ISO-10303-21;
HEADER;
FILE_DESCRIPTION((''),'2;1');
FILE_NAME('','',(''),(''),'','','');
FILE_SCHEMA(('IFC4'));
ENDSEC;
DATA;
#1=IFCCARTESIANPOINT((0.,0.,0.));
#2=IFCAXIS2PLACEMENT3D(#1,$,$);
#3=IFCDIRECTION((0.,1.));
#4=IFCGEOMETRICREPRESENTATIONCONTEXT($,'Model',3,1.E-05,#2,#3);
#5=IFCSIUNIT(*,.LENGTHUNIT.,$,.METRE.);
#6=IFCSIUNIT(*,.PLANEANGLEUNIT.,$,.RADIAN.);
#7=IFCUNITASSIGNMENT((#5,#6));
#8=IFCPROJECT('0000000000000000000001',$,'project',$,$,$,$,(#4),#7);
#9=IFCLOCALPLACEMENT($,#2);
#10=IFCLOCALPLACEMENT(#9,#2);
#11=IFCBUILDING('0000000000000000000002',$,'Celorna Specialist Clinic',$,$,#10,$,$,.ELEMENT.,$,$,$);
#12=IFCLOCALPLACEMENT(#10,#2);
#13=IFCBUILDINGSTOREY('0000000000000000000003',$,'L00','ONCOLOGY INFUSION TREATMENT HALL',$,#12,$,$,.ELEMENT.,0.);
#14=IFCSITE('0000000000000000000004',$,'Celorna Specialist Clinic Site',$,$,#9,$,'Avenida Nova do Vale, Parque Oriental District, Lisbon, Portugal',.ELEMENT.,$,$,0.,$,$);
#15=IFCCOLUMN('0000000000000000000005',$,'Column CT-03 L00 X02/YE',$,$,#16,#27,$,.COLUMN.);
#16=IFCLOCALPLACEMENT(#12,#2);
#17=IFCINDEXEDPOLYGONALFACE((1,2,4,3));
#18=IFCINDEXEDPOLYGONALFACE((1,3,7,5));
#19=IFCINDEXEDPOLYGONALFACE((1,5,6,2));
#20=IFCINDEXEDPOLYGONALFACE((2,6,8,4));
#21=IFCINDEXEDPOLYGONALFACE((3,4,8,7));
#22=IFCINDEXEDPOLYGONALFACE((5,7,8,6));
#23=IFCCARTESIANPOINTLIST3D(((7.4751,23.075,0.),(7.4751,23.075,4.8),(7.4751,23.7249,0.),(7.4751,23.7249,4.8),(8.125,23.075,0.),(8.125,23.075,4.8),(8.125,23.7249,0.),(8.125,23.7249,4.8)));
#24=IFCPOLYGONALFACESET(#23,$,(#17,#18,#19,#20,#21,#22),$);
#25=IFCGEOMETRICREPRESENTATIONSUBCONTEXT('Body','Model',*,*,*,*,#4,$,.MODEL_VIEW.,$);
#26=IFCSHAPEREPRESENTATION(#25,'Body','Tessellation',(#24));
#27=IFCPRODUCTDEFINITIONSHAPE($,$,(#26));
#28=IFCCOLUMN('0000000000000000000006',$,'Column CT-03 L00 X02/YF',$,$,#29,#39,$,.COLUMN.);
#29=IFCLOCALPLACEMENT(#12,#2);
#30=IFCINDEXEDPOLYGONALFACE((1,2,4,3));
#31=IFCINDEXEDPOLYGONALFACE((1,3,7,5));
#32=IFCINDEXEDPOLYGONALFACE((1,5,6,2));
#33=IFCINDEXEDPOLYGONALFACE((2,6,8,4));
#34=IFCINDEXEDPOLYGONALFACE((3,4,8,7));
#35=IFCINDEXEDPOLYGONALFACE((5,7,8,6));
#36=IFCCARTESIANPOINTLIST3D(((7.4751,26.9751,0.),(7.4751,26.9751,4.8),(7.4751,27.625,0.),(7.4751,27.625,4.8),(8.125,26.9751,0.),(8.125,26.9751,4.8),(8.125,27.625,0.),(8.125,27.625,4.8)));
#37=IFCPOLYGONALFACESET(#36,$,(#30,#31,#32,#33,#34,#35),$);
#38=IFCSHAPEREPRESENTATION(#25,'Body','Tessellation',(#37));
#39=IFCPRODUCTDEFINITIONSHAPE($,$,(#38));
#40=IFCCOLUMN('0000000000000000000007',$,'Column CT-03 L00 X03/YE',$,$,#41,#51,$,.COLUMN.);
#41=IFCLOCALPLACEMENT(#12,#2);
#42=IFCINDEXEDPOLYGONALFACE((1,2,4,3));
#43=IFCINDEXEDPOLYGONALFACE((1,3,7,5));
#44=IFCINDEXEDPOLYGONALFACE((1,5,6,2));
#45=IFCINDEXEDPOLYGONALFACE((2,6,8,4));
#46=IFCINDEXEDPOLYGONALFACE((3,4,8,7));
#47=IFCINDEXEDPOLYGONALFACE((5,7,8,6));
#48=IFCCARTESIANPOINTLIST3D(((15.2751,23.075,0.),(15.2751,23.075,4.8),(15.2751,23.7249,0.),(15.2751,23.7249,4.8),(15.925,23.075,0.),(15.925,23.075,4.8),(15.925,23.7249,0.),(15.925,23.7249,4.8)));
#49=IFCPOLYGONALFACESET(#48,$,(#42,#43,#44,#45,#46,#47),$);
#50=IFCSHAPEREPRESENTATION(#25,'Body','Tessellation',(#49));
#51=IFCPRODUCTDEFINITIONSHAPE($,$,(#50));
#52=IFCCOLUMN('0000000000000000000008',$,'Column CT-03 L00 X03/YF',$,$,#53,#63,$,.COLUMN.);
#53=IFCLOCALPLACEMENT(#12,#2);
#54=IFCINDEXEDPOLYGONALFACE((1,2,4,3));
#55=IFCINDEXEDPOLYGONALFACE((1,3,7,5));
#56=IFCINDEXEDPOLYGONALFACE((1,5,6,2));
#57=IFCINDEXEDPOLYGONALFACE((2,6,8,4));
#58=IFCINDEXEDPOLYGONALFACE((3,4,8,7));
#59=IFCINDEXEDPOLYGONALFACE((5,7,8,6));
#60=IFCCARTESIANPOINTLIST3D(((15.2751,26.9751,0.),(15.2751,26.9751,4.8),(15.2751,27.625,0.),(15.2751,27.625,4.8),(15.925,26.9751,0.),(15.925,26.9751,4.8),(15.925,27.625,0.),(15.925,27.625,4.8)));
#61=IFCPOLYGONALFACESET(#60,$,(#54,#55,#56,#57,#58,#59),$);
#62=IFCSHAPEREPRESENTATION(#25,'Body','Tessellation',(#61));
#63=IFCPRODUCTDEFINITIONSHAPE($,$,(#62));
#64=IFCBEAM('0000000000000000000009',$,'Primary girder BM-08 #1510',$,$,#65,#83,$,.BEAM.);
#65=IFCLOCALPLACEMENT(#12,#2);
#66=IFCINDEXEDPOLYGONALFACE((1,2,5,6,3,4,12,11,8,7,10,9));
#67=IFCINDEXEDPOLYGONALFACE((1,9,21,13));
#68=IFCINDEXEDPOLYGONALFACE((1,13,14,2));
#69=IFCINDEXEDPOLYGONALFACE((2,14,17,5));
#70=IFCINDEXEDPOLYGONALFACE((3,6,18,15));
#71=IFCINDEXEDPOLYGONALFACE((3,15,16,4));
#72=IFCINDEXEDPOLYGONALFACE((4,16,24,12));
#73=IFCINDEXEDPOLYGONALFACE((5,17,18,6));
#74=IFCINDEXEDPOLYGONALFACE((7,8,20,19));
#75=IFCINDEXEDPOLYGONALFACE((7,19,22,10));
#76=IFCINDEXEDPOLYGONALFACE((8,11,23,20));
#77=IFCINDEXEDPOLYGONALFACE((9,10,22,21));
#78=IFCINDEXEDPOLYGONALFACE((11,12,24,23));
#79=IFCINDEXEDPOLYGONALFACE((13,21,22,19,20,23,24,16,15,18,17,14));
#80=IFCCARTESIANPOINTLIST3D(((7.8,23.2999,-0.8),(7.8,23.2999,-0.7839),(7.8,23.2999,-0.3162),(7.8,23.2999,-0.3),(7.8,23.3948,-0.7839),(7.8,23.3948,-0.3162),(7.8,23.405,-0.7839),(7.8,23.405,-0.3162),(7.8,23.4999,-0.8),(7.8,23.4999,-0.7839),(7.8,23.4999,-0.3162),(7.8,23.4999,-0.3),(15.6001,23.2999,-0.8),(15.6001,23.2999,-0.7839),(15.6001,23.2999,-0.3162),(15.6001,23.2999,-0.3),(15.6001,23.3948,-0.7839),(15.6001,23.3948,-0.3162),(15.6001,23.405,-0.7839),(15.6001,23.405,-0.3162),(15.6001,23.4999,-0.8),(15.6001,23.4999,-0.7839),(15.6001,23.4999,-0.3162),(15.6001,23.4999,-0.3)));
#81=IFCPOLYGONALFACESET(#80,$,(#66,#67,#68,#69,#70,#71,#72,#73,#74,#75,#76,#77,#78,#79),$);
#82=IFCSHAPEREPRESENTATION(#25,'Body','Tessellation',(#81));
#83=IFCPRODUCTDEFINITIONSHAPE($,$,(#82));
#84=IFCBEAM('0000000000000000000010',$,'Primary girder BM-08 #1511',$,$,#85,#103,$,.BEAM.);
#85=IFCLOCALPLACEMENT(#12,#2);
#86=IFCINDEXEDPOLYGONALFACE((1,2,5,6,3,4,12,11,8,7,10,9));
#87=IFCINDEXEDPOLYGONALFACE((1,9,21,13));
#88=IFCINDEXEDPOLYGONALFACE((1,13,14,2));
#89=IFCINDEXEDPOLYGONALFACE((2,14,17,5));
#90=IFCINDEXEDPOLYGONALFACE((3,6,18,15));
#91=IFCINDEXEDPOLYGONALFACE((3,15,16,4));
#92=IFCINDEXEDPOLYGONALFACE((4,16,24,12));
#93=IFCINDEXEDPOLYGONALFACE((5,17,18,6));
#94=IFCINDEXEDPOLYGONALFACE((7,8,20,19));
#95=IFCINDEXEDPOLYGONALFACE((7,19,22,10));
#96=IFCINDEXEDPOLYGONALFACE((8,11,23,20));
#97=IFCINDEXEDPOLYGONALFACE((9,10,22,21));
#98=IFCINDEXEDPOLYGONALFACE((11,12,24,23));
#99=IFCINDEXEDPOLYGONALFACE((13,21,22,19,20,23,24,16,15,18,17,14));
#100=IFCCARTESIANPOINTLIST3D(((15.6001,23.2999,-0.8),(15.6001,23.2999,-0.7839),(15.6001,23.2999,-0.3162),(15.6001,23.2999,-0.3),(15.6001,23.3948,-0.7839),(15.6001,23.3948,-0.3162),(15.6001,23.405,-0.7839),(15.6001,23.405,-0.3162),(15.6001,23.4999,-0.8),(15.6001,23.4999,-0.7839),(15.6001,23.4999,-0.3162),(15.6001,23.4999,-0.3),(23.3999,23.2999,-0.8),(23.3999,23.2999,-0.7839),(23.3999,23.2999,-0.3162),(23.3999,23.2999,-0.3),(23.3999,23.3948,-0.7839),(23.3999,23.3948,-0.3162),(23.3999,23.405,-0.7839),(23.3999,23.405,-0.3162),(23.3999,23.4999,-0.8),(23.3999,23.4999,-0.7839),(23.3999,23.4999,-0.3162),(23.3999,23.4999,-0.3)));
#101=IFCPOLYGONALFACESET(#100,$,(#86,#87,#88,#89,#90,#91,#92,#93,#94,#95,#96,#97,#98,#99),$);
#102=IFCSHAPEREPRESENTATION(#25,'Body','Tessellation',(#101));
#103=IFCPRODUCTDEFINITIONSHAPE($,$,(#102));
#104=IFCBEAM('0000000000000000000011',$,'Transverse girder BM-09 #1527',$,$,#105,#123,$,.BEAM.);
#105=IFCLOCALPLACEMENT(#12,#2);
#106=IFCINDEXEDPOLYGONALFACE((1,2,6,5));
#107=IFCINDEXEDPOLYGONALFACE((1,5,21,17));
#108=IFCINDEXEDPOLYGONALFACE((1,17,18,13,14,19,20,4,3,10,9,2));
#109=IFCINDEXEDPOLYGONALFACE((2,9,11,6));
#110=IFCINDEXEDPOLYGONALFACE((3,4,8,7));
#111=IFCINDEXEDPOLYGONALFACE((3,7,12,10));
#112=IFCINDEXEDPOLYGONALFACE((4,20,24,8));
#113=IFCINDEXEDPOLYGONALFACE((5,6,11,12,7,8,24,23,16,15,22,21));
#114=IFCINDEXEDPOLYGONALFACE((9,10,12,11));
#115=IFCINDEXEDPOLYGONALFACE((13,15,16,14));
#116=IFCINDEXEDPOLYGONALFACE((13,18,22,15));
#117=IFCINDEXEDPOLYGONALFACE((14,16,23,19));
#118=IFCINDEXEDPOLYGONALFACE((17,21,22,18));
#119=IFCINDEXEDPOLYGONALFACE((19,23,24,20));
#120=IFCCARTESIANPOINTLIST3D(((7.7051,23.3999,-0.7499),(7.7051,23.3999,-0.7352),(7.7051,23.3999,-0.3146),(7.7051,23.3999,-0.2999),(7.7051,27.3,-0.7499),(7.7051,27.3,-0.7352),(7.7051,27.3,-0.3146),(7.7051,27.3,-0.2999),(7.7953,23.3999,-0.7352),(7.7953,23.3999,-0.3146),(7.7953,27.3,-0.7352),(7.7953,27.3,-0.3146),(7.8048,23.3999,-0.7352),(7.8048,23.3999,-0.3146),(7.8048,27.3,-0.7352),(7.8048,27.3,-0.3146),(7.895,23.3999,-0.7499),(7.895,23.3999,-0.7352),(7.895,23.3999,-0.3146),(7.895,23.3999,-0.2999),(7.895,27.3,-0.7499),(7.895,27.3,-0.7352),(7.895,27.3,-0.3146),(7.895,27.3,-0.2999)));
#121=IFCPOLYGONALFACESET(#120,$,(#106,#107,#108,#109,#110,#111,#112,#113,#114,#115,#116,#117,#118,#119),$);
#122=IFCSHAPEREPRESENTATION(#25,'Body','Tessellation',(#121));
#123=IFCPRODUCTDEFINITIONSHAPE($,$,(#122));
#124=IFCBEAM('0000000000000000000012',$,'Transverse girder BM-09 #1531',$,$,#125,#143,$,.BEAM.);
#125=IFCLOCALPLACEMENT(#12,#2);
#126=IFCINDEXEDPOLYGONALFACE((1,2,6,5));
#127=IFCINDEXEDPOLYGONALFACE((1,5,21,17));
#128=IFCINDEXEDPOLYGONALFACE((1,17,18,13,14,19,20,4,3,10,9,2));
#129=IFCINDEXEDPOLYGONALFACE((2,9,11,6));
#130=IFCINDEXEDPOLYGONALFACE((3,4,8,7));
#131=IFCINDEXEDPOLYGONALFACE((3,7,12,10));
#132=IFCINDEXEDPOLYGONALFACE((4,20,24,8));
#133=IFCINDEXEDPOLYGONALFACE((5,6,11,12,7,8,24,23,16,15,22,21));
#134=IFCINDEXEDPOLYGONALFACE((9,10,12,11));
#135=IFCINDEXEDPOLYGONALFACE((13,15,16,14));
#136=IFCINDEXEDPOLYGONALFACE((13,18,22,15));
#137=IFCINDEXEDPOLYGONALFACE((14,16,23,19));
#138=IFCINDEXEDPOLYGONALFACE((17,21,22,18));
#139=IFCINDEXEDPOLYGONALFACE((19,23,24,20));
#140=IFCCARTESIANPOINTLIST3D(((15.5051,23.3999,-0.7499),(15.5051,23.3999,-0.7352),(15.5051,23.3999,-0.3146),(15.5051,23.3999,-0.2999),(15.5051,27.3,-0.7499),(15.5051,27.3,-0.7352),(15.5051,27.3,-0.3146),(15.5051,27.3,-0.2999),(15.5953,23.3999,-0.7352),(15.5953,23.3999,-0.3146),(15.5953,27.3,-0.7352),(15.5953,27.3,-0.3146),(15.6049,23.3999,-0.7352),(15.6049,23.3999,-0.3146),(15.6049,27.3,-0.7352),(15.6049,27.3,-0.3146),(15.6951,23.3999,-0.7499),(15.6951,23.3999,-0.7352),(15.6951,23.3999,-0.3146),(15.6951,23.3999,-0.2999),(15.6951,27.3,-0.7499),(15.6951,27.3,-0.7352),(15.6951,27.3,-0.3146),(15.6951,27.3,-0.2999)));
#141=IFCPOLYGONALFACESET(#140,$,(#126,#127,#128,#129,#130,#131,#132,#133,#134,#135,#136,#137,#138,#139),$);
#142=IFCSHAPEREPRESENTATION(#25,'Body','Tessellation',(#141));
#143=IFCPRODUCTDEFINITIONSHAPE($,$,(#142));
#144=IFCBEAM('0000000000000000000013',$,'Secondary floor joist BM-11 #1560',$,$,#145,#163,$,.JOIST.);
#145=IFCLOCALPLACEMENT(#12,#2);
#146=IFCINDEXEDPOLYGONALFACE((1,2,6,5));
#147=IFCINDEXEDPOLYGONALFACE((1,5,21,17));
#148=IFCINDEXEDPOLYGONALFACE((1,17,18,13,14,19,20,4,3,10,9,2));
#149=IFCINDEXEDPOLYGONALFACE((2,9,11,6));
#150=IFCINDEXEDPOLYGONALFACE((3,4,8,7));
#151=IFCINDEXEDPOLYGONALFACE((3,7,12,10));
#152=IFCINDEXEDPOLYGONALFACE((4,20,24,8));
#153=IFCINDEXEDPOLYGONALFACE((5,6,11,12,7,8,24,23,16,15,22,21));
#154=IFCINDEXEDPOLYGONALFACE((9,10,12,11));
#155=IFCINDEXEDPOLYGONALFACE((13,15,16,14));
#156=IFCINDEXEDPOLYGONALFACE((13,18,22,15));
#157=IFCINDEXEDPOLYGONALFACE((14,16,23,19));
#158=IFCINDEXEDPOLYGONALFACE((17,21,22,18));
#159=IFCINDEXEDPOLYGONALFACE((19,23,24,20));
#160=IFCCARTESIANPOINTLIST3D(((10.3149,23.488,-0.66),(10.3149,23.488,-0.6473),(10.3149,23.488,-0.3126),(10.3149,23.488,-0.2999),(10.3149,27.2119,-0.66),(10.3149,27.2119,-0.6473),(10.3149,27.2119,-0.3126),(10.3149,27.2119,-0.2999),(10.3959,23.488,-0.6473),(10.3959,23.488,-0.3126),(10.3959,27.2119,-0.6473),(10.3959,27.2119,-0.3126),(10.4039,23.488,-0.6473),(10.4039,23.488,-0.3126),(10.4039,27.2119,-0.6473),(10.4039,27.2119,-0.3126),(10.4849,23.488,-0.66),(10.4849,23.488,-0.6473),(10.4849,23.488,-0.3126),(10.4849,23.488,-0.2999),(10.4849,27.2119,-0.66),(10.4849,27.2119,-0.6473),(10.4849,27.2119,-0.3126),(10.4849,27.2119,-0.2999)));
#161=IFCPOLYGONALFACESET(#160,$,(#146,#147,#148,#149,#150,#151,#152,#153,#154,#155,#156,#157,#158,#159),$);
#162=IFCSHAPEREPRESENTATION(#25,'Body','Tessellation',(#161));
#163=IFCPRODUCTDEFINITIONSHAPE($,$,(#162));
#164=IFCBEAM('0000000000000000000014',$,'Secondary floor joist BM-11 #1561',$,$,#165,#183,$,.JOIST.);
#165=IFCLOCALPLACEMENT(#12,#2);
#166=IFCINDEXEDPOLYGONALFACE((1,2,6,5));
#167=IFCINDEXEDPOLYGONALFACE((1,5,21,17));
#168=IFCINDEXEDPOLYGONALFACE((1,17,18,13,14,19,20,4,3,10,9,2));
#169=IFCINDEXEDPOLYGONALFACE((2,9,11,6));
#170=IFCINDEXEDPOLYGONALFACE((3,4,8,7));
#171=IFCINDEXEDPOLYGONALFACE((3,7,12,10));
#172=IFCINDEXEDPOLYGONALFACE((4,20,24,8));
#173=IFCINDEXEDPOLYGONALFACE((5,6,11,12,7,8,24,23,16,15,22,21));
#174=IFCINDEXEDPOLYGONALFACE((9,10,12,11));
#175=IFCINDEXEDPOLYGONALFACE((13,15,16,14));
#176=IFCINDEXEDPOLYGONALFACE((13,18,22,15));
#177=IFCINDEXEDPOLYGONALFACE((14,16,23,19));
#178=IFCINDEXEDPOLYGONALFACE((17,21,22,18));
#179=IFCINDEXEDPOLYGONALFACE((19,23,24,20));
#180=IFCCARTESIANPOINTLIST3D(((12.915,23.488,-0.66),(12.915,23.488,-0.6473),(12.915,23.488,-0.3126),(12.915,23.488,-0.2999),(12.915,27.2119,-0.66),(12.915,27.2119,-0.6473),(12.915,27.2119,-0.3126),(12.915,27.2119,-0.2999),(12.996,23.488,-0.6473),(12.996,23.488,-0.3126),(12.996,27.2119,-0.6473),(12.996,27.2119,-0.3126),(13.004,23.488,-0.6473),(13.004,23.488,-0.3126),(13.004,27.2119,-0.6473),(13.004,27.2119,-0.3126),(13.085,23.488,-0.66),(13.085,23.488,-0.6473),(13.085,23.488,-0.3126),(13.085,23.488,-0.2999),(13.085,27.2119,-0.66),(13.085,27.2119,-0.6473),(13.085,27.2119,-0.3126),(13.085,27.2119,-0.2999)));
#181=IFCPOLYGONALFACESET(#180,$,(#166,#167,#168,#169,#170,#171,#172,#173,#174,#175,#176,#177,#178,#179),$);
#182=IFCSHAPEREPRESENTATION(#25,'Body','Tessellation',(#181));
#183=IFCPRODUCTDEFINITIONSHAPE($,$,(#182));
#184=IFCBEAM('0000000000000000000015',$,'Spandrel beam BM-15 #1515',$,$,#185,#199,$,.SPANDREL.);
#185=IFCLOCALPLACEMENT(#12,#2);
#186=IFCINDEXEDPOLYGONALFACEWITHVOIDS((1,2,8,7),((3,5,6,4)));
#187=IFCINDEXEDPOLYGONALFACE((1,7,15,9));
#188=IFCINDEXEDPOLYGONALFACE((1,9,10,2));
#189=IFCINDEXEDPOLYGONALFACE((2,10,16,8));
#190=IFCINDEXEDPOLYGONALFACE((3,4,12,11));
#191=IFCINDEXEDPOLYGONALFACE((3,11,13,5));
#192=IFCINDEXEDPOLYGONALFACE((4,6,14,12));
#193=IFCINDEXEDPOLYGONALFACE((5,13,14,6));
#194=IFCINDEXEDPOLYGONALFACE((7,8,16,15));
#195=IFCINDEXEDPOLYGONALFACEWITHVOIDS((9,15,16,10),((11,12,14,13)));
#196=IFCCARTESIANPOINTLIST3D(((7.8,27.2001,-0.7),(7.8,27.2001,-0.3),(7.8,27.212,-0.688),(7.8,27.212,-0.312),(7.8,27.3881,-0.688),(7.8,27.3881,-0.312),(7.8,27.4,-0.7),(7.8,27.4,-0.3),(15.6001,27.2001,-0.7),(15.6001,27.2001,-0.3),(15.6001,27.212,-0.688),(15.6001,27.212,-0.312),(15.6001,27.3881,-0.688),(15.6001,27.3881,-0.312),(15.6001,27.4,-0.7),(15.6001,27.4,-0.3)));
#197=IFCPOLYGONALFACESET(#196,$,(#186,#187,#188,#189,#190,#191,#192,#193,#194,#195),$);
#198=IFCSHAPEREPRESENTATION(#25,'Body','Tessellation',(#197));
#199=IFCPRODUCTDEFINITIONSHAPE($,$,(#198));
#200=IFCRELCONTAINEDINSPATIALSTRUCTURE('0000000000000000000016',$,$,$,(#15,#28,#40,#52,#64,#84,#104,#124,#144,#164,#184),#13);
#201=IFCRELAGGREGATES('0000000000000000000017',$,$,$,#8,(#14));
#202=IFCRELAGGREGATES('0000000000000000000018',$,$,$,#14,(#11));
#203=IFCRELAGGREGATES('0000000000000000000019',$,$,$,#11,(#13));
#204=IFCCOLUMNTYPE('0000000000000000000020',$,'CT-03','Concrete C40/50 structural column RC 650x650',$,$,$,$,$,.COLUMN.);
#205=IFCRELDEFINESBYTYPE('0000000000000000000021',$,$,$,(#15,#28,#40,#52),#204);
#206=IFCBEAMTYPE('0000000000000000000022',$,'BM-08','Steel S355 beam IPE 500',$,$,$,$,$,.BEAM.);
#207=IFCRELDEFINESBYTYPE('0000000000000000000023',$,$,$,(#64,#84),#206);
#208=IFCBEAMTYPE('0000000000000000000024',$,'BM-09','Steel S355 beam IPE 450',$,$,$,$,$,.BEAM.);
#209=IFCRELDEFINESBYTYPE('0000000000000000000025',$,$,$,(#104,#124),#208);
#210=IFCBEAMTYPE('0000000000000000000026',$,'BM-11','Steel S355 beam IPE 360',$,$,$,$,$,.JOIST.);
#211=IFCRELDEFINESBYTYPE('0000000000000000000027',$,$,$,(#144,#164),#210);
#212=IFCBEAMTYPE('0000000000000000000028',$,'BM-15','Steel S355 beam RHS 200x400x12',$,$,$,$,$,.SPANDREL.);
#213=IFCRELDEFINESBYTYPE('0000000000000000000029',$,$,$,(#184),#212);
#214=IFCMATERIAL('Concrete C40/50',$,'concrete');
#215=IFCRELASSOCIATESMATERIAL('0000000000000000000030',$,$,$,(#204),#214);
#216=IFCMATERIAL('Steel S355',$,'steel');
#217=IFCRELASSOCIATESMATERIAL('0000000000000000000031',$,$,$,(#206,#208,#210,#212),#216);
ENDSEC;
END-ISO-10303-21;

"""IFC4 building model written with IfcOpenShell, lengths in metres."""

from ifc_helpers import new_model, si_unit, direction, frame, origin, origin_2d, place, context, subcontext, project, spatial, rectangle, hollow_rectangle, i_section, extrude, material, material_profile, profile_set, type_object, element, save


model = new_model("IFC4")

# Units and contexts
model_context = context("Model", 3, precision=1e-05, world=origin(), true_north=direction((0.0, 1.0)))
body_context = subcontext(model_context, "Body", "Model", "MODEL_VIEW")
ifc_project = project(units=[si_unit("LENGTHUNIT", "METRE"), si_unit("PLANEANGLEUNIT", "RADIAN")], contexts=[model_context])

# Site, building, storey
site_placement = place(None, origin())
site = spatial("IfcSite", under=ifc_project, at=site_placement, Name="Celorna Specialist Clinic Site", LongName="Avenida Nova do Vale, Parque Oriental District, Lisbon, Portugal", CompositionType="ELEMENT", RefElevation=0.0)
building_placement = place(site_placement, origin())
building = spatial("IfcBuilding", under=site, at=building_placement, Name="Celorna Specialist Clinic", CompositionType="ELEMENT")
storey_placement = place(building_placement, origin())
storey = spatial("IfcBuildingStorey", under=building, at=storey_placement, Name="L00", Description="ONCOLOGY INFUSION TREATMENT HALL", CompositionType="ELEMENT", Elevation=0.0)

# Columns
ifc_material_1 = material(Name="Concrete C40/50", Category="concrete")
ifc_material_profile_1 = material_profile(ifc_material_1, rectangle(XDim=0.6499, YDim=0.6499, at=origin_2d()), Name="RC 650x650")
ifc_profile_set_1 = profile_set([ifc_material_profile_1], Name="Concrete C40/50")
column_type = type_object("IfcColumnType", Name="CT-03", Description="Concrete C40/50 structural column RC 650x650", PredefinedType="COLUMN", material=ifc_profile_set_1)
for number, where, z_axis, x_axis, name in (
    (1, (7.8, 23.3999, 0.0), (0.0, 0.0, 1.0), (1.0, 0.0, 0.0), "Column CT-03 L00 X02/YE"),
    (2, (7.8, 27.3, 0.0), (0.0, 0.0, 1.0), (1.0, 0.0, 0.0), "Column CT-03 L00 X02/YF"),
    (3, (15.6001, 23.3999, 0.0), (0.0, 0.0, 1.0), (1.0, 0.0, 0.0), "Column CT-03 L00 X03/YE"),
    (4, (15.6001, 27.3, 0.0), (0.0, 0.0, 1.0), (1.0, 0.0, 0.0), "Column CT-03 L00 X03/YF"),
):
    element("IfcColumn", number, at=place(storey_placement, frame(where, z_axis=z_axis, x_axis=x_axis)), inside=storey, type_object=column_type, Name=name, PredefinedType="COLUMN", context=body_context, shape_type="SweptSolid", body=[
        extrude(rectangle(XDim=0.6499, YDim=0.6499, at=origin_2d()), origin(), (0.0, 0.0, 1.0), 4.8),
    ])

# Beams
ifc_material_2 = material(Name="Steel S355", Category="steel")
ifc_material_profile_2 = material_profile(ifc_material_2, i_section(OverallWidth=0.2, OverallDepth=0.5, WebThickness=0.0103, FlangeThickness=0.0161, at=origin_2d()), Name="IPE 500")
ifc_profile_set_2 = profile_set([ifc_material_profile_2], Name="Steel S355")
beam_type_1 = type_object("IfcBeamType", Name="BM-08", Description="Steel S355 beam IPE 500", PredefinedType="BEAM", material=ifc_profile_set_2)
beam_1_placement = place(storey_placement, frame((7.8, 23.3999, -0.55), z_axis=(1.0, 0.0, 0.0), x_axis=(0.0, 1.0, 0.0)))
element("IfcBeam", 5, at=beam_1_placement, inside=storey, type_object=beam_type_1, Name="Primary girder BM-08 #1510", PredefinedType="BEAM", context=body_context, shape_type="SweptSolid", body=[
    extrude(i_section(OverallWidth=0.2, OverallDepth=0.5, WebThickness=0.0103, FlangeThickness=0.0161, at=origin_2d()), origin(), (0.0, 0.0, 1.0), 7.8),
])
beam_2_placement = place(storey_placement, frame((15.6001, 23.3999, -0.55), z_axis=(1.0, 0.0, 0.0), x_axis=(0.0, 1.0, 0.0)))
element("IfcBeam", 6, at=beam_2_placement, inside=storey, type_object=beam_type_1, Name="Primary girder BM-08 #1511", PredefinedType="BEAM", context=body_context, shape_type="SweptSolid", body=[
    extrude(i_section(OverallWidth=0.2, OverallDepth=0.5, WebThickness=0.0103, FlangeThickness=0.0161, at=origin_2d()), origin(), (0.0, 0.0, 1.0), 7.7998),
])
ifc_material_profile_3 = material_profile(ifc_material_2, i_section(OverallWidth=0.1899, OverallDepth=0.45, WebThickness=0.0095, FlangeThickness=0.0146, at=origin_2d()), Name="IPE 450")
ifc_profile_set_3 = profile_set([ifc_material_profile_3], Name="Steel S355")
beam_type_2 = type_object("IfcBeamType", Name="BM-09", Description="Steel S355 beam IPE 450", PredefinedType="BEAM", material=ifc_profile_set_3)
for number, where, z_axis, x_axis, name in (
    (7, (7.8, 23.3999, -0.5249), (0.0, 1.0, 0.0), (-1.0, 0.0, 0.0), "Transverse girder BM-09 #1527"),
    (8, (15.6001, 23.3999, -0.5249), (0.0, 1.0, 0.0), (-1.0, 0.0, 0.0), "Transverse girder BM-09 #1531"),
):
    element("IfcBeam", number, at=place(storey_placement, frame(where, z_axis=z_axis, x_axis=x_axis)), inside=storey, type_object=beam_type_2, Name=name, PredefinedType="BEAM", context=body_context, shape_type="SweptSolid", body=[
        extrude(i_section(OverallWidth=0.1899, OverallDepth=0.45, WebThickness=0.0095, FlangeThickness=0.0146, at=origin_2d()), origin(), (0.0, 0.0, 1.0), 3.9001),
    ])
ifc_material_profile_4 = material_profile(ifc_material_2, i_section(OverallWidth=0.1699, OverallDepth=0.3601, WebThickness=0.0081, FlangeThickness=0.0127, at=origin_2d()), Name="IPE 360")
ifc_profile_set_4 = profile_set([ifc_material_profile_4], Name="Steel S355")
beam_type_3 = type_object("IfcBeamType", Name="BM-11", Description="Steel S355 beam IPE 360", PredefinedType="JOIST", material=ifc_profile_set_4)
for number, where, z_axis, x_axis, name in (
    (9, (10.3999, 23.488, -0.48), (0.0, 1.0, 0.0), (-1.0, 0.0, 0.0), "Secondary floor joist BM-11 #1560"),
    (10, (13.0, 23.488, -0.48), (0.0, 1.0, 0.0), (-1.0, 0.0, 0.0), "Secondary floor joist BM-11 #1561"),
):
    element("IfcBeam", number, at=place(storey_placement, frame(where, z_axis=z_axis, x_axis=x_axis)), inside=storey, type_object=beam_type_3, Name=name, PredefinedType="JOIST", context=body_context, shape_type="SweptSolid", body=[
        extrude(i_section(OverallWidth=0.1699, OverallDepth=0.3601, WebThickness=0.0081, FlangeThickness=0.0127, at=origin_2d()), origin(), (0.0, 0.0, 1.0), 3.7239),
    ])
ifc_material_profile_5 = material_profile(ifc_material_2, hollow_rectangle(XDim=0.2, YDim=0.3999, WallThickness=0.012, at=origin_2d()), Name="RHS 200x400x12")
ifc_profile_set_5 = profile_set([ifc_material_profile_5], Name="Steel S355")
beam_type_4 = type_object("IfcBeamType", Name="BM-15", Description="Steel S355 beam RHS 200x400x12", PredefinedType="SPANDREL", material=ifc_profile_set_5)
beam_3_placement = place(storey_placement, frame((7.8, 27.3, -0.5), z_axis=(1.0, 0.0, 0.0), x_axis=(0.0, 1.0, 0.0)))
element("IfcBeam", 11, at=beam_3_placement, inside=storey, type_object=beam_type_4, Name="Spandrel beam BM-15 #1515", PredefinedType="SPANDREL", context=body_context, shape_type="SweptSolid", body=[
    extrude(hollow_rectangle(XDim=0.2, YDim=0.3999, WallThickness=0.012, at=origin_2d()), origin(), (0.0, 0.0, 1.0), 7.8),
])

save(model, "model.ifc")
